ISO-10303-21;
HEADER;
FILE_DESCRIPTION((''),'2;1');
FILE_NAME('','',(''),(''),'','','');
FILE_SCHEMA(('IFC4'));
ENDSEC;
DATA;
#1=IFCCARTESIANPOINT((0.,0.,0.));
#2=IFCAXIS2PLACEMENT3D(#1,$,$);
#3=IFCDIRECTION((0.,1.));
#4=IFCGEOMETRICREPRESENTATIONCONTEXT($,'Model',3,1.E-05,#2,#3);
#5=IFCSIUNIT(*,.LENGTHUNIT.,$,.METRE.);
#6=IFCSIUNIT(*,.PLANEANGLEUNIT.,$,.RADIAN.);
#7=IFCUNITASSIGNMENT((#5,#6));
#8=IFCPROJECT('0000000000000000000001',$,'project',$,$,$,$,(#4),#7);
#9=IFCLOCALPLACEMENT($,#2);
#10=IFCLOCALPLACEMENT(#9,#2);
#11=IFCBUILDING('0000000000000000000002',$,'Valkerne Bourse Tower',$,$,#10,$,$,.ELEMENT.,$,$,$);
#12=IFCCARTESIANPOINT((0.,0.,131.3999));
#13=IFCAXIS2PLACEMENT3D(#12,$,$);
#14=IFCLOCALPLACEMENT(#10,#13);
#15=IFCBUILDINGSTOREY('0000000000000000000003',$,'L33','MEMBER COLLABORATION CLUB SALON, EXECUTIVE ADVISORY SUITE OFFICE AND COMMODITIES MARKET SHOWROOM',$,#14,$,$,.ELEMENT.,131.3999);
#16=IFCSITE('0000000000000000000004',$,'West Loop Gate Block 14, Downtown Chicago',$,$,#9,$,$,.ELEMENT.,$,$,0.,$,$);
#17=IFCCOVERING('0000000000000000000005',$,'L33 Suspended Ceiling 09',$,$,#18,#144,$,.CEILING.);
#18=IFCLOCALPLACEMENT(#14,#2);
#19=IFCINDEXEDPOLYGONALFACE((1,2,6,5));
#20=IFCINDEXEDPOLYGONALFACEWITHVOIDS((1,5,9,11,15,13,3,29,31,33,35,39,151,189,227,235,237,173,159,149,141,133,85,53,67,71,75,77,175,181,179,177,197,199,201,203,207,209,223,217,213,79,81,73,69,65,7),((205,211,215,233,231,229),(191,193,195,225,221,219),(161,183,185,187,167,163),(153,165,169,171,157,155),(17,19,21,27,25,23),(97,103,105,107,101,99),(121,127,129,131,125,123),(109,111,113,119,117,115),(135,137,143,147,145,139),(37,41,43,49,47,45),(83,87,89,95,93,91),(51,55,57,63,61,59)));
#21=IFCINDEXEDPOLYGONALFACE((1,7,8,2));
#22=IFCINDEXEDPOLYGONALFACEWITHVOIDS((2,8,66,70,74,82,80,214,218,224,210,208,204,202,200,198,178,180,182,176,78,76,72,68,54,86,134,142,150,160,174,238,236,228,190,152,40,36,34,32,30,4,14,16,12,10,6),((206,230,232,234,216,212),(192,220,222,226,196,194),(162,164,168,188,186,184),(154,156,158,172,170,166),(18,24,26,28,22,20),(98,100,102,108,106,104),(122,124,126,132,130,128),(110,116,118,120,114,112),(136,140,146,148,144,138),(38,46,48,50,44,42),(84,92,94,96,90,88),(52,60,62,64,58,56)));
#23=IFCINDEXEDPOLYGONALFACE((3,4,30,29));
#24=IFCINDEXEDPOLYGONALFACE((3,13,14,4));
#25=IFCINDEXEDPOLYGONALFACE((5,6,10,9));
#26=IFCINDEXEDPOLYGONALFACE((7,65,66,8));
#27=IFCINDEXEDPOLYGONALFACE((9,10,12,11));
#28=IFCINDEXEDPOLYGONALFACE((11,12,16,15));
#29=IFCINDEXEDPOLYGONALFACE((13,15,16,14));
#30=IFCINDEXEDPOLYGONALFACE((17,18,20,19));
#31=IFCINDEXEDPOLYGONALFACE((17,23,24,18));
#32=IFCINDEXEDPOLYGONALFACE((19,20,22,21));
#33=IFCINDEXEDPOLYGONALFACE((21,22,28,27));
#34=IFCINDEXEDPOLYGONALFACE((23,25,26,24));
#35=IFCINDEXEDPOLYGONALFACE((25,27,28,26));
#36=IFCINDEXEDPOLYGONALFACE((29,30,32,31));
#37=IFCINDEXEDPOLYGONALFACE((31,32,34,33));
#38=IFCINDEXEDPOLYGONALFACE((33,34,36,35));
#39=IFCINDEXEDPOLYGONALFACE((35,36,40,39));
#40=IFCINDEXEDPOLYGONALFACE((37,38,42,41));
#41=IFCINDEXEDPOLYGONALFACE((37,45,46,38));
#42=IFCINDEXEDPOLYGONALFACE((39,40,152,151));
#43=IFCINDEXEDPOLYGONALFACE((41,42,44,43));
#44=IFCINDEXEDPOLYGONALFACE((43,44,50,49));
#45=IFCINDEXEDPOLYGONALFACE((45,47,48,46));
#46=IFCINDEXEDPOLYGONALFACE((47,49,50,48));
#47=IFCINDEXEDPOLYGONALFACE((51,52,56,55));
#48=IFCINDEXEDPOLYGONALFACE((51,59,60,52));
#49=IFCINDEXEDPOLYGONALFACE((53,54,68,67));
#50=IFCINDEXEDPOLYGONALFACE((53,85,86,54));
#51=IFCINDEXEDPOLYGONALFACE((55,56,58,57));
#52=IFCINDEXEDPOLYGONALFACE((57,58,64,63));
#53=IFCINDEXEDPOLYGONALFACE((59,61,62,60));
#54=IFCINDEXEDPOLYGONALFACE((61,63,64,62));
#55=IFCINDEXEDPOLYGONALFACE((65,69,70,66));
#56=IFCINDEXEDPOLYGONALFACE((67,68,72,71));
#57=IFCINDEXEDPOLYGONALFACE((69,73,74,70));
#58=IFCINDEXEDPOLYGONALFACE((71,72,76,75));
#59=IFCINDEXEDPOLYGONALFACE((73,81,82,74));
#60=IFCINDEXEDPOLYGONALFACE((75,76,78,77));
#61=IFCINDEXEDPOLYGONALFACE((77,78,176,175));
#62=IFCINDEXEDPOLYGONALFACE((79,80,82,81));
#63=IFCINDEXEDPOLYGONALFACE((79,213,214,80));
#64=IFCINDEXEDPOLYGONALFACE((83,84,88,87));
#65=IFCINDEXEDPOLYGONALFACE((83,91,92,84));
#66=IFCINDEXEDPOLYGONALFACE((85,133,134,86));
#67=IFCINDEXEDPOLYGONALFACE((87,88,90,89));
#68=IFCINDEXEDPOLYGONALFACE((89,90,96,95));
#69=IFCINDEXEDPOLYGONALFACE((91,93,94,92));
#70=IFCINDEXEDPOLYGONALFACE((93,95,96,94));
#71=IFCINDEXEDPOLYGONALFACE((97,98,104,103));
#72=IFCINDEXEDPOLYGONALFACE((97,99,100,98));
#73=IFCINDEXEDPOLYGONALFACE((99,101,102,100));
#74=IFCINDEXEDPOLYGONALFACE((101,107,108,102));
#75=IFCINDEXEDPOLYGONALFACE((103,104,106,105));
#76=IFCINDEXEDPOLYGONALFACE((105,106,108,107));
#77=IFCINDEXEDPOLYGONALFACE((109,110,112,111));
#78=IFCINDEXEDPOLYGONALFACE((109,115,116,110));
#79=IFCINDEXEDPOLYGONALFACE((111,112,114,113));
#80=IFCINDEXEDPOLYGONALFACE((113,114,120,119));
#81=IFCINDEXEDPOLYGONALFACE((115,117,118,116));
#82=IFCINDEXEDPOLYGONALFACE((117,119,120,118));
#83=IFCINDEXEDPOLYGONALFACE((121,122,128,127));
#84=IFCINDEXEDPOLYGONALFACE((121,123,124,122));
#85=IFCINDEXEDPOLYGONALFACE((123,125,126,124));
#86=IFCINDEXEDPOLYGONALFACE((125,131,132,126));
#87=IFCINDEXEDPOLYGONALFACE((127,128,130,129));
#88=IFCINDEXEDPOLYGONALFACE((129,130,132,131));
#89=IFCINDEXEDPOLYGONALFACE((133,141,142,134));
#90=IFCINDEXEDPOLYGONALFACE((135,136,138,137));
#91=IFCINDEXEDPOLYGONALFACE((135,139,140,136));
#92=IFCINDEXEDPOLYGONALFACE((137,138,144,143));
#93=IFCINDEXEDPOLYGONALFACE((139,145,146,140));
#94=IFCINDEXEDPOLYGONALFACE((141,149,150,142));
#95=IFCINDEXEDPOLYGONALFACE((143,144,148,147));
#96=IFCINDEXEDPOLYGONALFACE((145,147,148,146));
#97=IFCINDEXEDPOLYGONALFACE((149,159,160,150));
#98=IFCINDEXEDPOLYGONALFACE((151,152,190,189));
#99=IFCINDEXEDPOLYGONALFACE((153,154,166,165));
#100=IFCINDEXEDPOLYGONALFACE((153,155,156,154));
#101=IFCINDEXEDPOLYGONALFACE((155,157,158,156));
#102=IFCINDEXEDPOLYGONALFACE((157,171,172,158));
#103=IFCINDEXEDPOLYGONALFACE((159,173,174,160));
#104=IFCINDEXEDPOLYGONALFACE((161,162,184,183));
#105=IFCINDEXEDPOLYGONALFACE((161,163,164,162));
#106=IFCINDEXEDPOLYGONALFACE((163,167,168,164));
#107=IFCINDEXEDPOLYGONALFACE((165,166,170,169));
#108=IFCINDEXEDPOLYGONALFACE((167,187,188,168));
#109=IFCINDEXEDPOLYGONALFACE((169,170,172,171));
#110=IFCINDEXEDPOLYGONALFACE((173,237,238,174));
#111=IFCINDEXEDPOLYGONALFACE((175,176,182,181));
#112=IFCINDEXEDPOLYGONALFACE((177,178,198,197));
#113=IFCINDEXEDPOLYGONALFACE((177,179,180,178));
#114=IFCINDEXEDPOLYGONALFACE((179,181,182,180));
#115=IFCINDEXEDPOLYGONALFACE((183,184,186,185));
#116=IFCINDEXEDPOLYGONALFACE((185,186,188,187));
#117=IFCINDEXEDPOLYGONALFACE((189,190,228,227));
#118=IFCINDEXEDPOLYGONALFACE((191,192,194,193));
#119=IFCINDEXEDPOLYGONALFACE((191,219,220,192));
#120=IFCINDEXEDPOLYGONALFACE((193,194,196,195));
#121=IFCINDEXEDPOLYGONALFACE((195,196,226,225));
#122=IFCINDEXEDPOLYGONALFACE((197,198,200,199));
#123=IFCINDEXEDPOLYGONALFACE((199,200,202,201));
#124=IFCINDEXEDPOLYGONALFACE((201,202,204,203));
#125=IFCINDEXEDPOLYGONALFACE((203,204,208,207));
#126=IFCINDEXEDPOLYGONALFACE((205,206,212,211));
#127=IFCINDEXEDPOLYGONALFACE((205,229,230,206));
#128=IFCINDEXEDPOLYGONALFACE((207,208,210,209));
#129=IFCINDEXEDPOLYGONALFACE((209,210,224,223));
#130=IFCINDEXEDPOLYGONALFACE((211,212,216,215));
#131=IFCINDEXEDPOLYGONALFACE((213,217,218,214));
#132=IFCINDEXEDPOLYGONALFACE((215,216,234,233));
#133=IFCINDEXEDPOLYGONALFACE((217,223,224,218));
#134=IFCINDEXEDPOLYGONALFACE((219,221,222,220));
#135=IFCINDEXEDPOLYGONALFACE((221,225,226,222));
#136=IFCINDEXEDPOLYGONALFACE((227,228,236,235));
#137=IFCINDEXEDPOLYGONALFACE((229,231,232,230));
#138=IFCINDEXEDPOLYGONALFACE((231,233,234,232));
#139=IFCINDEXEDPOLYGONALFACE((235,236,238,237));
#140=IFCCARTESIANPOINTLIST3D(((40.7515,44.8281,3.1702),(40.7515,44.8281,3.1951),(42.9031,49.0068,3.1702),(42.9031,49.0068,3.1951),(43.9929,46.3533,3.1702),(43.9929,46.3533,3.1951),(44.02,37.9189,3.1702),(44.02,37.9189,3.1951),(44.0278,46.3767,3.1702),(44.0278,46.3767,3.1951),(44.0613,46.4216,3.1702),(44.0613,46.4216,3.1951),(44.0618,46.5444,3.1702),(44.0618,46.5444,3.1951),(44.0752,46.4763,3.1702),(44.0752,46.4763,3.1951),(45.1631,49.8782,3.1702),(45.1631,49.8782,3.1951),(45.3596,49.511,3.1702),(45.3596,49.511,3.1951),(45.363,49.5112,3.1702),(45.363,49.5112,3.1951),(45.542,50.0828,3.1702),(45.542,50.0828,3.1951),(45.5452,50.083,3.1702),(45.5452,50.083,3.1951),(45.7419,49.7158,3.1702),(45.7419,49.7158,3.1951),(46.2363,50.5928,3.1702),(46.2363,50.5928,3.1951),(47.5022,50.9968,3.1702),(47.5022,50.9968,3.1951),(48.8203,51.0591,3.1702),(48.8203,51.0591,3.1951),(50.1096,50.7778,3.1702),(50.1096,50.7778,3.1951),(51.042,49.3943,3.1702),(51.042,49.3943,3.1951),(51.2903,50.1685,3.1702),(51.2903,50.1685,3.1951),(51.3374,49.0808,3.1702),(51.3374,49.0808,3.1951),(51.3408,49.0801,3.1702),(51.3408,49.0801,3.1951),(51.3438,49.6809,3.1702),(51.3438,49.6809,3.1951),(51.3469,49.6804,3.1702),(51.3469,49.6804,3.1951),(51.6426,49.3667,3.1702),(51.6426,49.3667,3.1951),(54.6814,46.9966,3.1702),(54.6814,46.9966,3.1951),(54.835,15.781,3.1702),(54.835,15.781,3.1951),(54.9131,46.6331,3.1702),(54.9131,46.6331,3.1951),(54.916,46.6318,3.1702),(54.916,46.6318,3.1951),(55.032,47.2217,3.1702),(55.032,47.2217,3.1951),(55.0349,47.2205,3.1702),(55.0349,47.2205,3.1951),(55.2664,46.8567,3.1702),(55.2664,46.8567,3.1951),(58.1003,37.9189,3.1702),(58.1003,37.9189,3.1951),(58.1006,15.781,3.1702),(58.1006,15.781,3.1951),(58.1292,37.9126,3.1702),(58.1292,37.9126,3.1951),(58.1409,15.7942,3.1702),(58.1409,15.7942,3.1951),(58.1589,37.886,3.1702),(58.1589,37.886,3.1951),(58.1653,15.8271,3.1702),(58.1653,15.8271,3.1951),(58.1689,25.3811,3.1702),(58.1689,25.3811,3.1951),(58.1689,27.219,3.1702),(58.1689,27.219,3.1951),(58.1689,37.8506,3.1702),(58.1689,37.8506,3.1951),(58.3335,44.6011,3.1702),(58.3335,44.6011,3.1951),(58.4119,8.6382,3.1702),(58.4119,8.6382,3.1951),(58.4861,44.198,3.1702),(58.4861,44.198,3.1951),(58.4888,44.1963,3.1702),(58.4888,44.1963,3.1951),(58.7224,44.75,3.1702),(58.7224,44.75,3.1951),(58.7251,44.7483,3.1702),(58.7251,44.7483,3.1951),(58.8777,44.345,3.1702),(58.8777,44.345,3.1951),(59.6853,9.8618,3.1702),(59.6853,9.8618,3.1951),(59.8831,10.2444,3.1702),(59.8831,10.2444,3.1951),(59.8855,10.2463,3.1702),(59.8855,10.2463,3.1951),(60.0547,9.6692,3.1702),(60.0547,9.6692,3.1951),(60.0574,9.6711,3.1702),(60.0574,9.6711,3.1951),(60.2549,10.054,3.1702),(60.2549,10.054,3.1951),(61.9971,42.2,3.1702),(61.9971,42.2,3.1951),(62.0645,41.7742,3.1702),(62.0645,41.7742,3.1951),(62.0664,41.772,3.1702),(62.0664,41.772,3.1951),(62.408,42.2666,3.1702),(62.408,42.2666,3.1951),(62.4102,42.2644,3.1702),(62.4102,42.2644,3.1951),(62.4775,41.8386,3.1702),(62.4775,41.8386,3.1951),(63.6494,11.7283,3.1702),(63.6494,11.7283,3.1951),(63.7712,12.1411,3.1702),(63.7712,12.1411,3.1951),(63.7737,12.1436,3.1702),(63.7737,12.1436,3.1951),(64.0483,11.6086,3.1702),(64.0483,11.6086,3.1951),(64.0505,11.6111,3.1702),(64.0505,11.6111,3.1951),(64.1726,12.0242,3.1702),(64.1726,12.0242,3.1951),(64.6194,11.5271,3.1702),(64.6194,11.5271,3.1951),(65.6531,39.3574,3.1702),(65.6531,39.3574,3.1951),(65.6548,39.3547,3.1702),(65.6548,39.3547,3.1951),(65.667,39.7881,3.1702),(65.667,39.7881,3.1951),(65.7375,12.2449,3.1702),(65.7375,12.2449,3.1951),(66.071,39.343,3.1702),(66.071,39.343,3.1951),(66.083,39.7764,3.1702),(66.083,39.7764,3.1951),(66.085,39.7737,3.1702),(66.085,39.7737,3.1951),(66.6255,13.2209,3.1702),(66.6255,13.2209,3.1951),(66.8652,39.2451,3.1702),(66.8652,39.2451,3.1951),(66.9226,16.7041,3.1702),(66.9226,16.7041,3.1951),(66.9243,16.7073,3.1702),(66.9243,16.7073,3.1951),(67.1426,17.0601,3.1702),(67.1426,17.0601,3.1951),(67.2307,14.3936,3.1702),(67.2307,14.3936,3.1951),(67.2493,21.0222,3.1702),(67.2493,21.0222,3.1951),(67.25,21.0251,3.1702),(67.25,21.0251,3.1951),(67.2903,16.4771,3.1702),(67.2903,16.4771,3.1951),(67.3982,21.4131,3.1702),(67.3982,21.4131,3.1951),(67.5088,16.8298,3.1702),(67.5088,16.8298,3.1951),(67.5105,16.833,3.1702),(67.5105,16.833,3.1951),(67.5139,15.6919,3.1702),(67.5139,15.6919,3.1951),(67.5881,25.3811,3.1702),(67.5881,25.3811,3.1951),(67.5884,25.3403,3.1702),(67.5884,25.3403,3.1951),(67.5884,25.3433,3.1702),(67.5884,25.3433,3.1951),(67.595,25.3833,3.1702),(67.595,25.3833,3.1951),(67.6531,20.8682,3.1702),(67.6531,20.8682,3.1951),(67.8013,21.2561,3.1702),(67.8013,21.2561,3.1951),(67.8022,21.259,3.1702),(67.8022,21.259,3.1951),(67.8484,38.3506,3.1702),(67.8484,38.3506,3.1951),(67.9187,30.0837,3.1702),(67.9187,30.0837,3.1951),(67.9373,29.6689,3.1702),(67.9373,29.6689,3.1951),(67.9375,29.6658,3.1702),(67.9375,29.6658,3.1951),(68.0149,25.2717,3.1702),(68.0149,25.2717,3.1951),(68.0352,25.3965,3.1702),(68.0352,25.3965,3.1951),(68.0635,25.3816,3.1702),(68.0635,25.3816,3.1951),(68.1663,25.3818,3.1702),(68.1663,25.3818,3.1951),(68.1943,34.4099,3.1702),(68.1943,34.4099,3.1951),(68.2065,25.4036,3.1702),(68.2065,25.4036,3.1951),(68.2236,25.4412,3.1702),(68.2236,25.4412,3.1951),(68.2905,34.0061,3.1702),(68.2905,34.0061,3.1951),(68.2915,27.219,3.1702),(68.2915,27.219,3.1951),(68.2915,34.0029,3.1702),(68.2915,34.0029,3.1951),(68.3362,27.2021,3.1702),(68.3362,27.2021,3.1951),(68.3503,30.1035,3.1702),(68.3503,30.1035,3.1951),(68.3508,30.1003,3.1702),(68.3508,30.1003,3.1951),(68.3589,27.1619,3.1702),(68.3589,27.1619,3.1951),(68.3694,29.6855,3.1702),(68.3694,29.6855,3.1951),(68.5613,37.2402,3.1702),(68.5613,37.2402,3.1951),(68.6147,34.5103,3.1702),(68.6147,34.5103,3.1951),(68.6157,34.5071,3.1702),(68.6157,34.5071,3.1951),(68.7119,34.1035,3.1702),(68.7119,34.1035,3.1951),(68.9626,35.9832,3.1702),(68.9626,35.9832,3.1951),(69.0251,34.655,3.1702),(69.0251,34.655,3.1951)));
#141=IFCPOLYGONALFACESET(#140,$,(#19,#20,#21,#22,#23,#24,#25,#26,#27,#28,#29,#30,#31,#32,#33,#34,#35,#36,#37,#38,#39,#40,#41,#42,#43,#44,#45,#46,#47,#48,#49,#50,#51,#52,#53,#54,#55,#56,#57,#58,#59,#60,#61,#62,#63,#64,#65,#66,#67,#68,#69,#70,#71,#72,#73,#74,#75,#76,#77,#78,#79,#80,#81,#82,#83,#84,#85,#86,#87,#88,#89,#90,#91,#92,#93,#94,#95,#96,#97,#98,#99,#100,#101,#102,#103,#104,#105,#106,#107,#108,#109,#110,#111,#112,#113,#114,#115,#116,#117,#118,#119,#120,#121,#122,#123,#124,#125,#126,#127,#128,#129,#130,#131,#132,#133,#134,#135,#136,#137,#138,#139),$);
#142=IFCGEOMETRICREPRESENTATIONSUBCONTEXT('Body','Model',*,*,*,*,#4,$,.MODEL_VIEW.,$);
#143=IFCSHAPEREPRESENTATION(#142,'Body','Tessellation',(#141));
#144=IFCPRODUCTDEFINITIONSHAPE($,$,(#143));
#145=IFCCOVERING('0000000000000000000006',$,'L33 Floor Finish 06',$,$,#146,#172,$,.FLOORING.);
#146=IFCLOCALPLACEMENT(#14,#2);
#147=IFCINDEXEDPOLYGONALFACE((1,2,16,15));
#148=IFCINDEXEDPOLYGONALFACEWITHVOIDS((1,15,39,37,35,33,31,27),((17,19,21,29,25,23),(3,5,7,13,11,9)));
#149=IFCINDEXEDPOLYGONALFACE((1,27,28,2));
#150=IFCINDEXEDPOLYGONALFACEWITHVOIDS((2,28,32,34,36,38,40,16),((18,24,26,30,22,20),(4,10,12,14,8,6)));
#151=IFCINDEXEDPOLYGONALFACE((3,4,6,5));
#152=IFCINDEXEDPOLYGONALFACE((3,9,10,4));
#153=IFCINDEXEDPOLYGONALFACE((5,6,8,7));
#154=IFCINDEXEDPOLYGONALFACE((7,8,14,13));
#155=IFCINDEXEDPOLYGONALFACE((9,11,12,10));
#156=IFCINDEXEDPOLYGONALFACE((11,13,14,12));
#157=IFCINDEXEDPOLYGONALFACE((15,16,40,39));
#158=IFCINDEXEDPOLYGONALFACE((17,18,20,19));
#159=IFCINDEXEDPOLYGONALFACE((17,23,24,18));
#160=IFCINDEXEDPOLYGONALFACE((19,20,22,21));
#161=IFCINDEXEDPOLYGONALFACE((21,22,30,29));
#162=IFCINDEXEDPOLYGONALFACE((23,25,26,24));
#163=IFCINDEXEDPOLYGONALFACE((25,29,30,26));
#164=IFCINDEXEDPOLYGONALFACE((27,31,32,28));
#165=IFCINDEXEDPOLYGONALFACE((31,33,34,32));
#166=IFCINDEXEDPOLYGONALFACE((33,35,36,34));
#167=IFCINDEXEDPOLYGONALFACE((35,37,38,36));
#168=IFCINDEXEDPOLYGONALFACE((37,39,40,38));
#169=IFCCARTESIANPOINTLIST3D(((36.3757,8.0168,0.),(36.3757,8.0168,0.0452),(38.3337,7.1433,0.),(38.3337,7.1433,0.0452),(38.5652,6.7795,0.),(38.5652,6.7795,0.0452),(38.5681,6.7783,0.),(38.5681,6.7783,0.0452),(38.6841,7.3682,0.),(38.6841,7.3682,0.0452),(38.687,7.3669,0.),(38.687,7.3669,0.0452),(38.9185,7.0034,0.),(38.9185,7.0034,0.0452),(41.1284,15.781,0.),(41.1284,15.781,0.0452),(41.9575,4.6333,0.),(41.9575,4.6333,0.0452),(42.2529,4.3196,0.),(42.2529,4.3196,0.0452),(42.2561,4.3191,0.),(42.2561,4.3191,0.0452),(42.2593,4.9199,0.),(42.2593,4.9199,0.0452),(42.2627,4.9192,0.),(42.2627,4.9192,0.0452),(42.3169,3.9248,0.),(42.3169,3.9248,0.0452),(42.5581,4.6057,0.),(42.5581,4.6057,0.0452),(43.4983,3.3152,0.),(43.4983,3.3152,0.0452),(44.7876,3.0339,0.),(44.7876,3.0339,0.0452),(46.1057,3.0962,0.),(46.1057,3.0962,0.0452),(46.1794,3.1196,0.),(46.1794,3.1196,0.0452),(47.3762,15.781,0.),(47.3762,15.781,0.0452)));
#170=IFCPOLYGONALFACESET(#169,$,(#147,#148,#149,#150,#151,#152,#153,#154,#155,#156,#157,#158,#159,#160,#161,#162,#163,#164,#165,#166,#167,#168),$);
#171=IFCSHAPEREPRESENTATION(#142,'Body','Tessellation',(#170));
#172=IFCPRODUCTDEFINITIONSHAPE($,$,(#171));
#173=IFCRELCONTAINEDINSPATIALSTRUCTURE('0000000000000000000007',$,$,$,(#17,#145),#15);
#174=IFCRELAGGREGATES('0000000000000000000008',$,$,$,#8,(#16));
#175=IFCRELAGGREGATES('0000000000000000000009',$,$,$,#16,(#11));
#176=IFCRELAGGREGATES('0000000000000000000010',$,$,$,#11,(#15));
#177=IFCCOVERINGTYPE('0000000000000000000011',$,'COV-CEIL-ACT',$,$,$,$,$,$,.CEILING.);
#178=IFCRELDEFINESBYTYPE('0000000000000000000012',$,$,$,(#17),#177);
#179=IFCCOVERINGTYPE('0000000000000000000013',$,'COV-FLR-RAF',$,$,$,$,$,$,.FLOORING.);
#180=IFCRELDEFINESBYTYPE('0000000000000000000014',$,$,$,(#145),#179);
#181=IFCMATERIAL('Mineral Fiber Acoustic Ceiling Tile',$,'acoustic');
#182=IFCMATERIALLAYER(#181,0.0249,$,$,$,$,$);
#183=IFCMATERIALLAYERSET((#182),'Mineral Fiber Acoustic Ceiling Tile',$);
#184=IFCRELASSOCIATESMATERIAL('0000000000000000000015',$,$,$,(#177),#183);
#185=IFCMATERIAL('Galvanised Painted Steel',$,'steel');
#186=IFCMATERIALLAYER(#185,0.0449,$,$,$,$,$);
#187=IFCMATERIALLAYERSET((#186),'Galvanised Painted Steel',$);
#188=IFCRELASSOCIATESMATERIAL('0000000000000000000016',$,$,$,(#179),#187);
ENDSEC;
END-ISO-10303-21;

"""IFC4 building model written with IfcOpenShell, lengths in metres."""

from ifc_helpers import new_model, si_unit, direction, frame, origin, place, context, subcontext, project, spatial, polyline, outline, extrude, material, layer, layer_set, type_object, element, save


model = new_model("IFC4")

# Units and contexts
model_context = context("Model", 3, precision=1e-05, world=origin(), true_north=direction((0.0, 1.0)))
body_context = subcontext(model_context, "Body", "Model", "MODEL_VIEW")
ifc_project = project(units=[si_unit("LENGTHUNIT", "METRE"), si_unit("PLANEANGLEUNIT", "RADIAN")], contexts=[model_context])

# Site, building, storey
site_placement = place(None, origin())
site = spatial("IfcSite", under=ifc_project, at=site_placement, Name="West Loop Gate Block 14, Downtown Chicago", CompositionType="ELEMENT", RefElevation=0.0)
building_placement = place(site_placement, origin())
building = spatial("IfcBuilding", under=site, at=building_placement, Name="Valkerne Bourse Tower", CompositionType="ELEMENT")
storey_placement = place(building_placement, frame((0.0, 0.0, 131.3999)))
storey = spatial("IfcBuildingStorey", under=building, at=storey_placement, Name="L33", Description="MEMBER COLLABORATION CLUB SALON, EXECUTIVE ADVISORY SUITE OFFICE AND COMMODITIES MARKET SHOWROOM", CompositionType="ELEMENT", Elevation=131.3999)

# Coverings
ifc_material_1 = material(Name="Mineral Fiber Acoustic Ceiling Tile", Category="acoustic")
ifc_layer_1 = layer(ifc_material_1, 0.0249)
ifc_layer_set_1 = layer_set([ifc_layer_1], Name="Mineral Fiber Acoustic Ceiling Tile")
covering_type_1 = type_object("IfcCoveringType", Name="COV-CEIL-ACT", PredefinedType="CEILING", material=ifc_layer_set_1)
covering_1_placement = place(storey_placement, frame((0.0, 0.0, 3.1702)))
element("IfcCovering", 1, at=covering_1_placement, inside=storey, type_object=covering_type_1, Name="L33 Suspended Ceiling 09", PredefinedType="CEILING", context=body_context, shape_type="SweptSolid", body=[
    extrude(outline(polyline([(51.2903, 50.1685), (66.8652, 39.2451), (67.8484, 38.3506), (68.5613, 37.2402), (68.9626, 35.9832), (69.0251, 34.655), (67.5139, 15.6919), (67.2307, 14.3936), (66.6255, 13.2209), (65.7375, 12.2449), (64.6194, 11.5271), (58.4119, 8.6382), (54.835, 15.781), (58.1006, 15.781), (58.1409, 15.7942), (58.1653, 15.8271), (58.1689, 25.3811), (67.5881, 25.3811), (67.595, 25.3833), (67.5884, 25.3433), (67.5884, 25.3403), (68.0149, 25.2717), (68.0352, 25.3965), (68.0635, 25.3816), (68.1663, 25.3818), (68.2065, 25.4036), (68.2236, 25.4412), (68.3589, 27.1619), (68.3362, 27.2021), (68.2915, 27.219), (58.1689, 27.219), (58.1689, 37.8506), (58.1589, 37.886), (58.1292, 37.9126), (58.1003, 37.9189), (44.02, 37.9189), (40.7515, 44.8281), (43.9929, 46.3533), (44.0278, 46.3767), (44.0613, 46.4216), (44.0752, 46.4763), (44.0618, 46.5444), (42.9031, 49.0068), (46.2363, 50.5928), (47.5022, 50.9968), (48.8203, 51.0591), (50.1096, 50.7778), (51.2903, 50.1685)]), holes=[polyline([(51.3469, 49.6804), (51.3438, 49.6809), (51.042, 49.3943), (51.3374, 49.0808), (51.3408, 49.0801), (51.6426, 49.3667), (51.3469, 49.6804)]), polyline([(45.7419, 49.7158), (45.5452, 50.083), (45.542, 50.0828), (45.1631, 49.8782), (45.3596, 49.511), (45.363, 49.5112), (45.7419, 49.7158)]), polyline([(60.0574, 9.6711), (60.2549, 10.054), (59.8855, 10.2463), (59.8831, 10.2444), (59.6853, 9.8618), (60.0547, 9.6692), (60.0574, 9.6711)]), polyline([(64.1726, 12.0242), (63.7737, 12.1436), (63.7712, 12.1411), (63.6494, 11.7283), (64.0483, 11.6086), (64.0505, 11.6111), (64.1726, 12.0242)]), polyline([(67.5105, 16.833), (67.1426, 17.0601), (66.9243, 16.7073), (66.9226, 16.7041), (67.2903, 16.4771), (67.5088, 16.8298), (67.5105, 16.833)]), polyline([(67.8022, 21.259), (67.3982, 21.4131), (67.25, 21.0251), (67.2493, 21.0222), (67.6531, 20.8682), (67.8013, 21.2561), (67.8022, 21.259)]), polyline([(68.3694, 29.6855), (68.3508, 30.1003), (68.3503, 30.1035), (67.9187, 30.0837), (67.9373, 29.6689), (67.9375, 29.6658), (68.3694, 29.6855)]), polyline([(68.6157, 34.5071), (68.6147, 34.5103), (68.1943, 34.4099), (68.2905, 34.0061), (68.2915, 34.0029), (68.7119, 34.1035), (68.6157, 34.5071)]), polyline([(66.085, 39.7737), (66.083, 39.7764), (65.667, 39.7881), (65.6531, 39.3574), (65.6548, 39.3547), (66.071, 39.343), (66.085, 39.7737)]), polyline([(62.4775, 41.8386), (62.4102, 42.2644), (62.408, 42.2666), (61.9971, 42.2), (62.0645, 41.7742), (62.0664, 41.772), (62.4775, 41.8386)]), polyline([(58.7251, 44.7483), (58.7224, 44.75), (58.3335, 44.6011), (58.4861, 44.198), (58.4888, 44.1963), (58.8777, 44.345), (58.7251, 44.7483)]), polyline([(55.2664, 46.8567), (55.0349, 47.2205), (55.032, 47.2217), (54.6814, 46.9966), (54.9131, 46.6331), (54.916, 46.6318), (55.2664, 46.8567)])]), origin(), (0.0, 0.0, 1.0), 0.0249),
])
ifc_material_2 = material(Name="Galvanised Painted Steel", Category="steel")
ifc_layer_2 = layer(ifc_material_2, 0.0449)
ifc_layer_set_2 = layer_set([ifc_layer_2], Name="Galvanised Painted Steel")
covering_type_2 = type_object("IfcCoveringType", Name="COV-FLR-RAF", PredefinedType="FLOORING", material=ifc_layer_set_2)
covering_2_placement = place(storey_placement, origin())
element("IfcCovering", 2, at=covering_2_placement, inside=storey, type_object=covering_type_2, Name="L33 Floor Finish 06", PredefinedType="FLOORING", context=body_context, shape_type="SweptSolid", body=[
    extrude(outline(polyline([(43.4983, 3.3152), (42.3169, 3.9248), (36.3757, 8.0168), (41.1284, 15.781), (47.3762, 15.781), (46.1794, 3.1196), (46.1057, 3.0962), (44.7876, 3.0339), (43.4983, 3.3152)]), holes=[polyline([(42.2627, 4.9192), (42.2593, 4.9199), (41.9575, 4.6333), (42.2529, 4.3196), (42.2561, 4.3191), (42.5581, 4.6057), (42.2627, 4.9192)]), polyline([(38.687, 7.3669), (38.6841, 7.3682), (38.3337, 7.1433), (38.5652, 6.7795), (38.5681, 6.7783), (38.9185, 7.0034), (38.687, 7.3669)])]), origin(), (0.0, 0.0, 1.0), 0.0452),
])

save(model, "model.ifc")
